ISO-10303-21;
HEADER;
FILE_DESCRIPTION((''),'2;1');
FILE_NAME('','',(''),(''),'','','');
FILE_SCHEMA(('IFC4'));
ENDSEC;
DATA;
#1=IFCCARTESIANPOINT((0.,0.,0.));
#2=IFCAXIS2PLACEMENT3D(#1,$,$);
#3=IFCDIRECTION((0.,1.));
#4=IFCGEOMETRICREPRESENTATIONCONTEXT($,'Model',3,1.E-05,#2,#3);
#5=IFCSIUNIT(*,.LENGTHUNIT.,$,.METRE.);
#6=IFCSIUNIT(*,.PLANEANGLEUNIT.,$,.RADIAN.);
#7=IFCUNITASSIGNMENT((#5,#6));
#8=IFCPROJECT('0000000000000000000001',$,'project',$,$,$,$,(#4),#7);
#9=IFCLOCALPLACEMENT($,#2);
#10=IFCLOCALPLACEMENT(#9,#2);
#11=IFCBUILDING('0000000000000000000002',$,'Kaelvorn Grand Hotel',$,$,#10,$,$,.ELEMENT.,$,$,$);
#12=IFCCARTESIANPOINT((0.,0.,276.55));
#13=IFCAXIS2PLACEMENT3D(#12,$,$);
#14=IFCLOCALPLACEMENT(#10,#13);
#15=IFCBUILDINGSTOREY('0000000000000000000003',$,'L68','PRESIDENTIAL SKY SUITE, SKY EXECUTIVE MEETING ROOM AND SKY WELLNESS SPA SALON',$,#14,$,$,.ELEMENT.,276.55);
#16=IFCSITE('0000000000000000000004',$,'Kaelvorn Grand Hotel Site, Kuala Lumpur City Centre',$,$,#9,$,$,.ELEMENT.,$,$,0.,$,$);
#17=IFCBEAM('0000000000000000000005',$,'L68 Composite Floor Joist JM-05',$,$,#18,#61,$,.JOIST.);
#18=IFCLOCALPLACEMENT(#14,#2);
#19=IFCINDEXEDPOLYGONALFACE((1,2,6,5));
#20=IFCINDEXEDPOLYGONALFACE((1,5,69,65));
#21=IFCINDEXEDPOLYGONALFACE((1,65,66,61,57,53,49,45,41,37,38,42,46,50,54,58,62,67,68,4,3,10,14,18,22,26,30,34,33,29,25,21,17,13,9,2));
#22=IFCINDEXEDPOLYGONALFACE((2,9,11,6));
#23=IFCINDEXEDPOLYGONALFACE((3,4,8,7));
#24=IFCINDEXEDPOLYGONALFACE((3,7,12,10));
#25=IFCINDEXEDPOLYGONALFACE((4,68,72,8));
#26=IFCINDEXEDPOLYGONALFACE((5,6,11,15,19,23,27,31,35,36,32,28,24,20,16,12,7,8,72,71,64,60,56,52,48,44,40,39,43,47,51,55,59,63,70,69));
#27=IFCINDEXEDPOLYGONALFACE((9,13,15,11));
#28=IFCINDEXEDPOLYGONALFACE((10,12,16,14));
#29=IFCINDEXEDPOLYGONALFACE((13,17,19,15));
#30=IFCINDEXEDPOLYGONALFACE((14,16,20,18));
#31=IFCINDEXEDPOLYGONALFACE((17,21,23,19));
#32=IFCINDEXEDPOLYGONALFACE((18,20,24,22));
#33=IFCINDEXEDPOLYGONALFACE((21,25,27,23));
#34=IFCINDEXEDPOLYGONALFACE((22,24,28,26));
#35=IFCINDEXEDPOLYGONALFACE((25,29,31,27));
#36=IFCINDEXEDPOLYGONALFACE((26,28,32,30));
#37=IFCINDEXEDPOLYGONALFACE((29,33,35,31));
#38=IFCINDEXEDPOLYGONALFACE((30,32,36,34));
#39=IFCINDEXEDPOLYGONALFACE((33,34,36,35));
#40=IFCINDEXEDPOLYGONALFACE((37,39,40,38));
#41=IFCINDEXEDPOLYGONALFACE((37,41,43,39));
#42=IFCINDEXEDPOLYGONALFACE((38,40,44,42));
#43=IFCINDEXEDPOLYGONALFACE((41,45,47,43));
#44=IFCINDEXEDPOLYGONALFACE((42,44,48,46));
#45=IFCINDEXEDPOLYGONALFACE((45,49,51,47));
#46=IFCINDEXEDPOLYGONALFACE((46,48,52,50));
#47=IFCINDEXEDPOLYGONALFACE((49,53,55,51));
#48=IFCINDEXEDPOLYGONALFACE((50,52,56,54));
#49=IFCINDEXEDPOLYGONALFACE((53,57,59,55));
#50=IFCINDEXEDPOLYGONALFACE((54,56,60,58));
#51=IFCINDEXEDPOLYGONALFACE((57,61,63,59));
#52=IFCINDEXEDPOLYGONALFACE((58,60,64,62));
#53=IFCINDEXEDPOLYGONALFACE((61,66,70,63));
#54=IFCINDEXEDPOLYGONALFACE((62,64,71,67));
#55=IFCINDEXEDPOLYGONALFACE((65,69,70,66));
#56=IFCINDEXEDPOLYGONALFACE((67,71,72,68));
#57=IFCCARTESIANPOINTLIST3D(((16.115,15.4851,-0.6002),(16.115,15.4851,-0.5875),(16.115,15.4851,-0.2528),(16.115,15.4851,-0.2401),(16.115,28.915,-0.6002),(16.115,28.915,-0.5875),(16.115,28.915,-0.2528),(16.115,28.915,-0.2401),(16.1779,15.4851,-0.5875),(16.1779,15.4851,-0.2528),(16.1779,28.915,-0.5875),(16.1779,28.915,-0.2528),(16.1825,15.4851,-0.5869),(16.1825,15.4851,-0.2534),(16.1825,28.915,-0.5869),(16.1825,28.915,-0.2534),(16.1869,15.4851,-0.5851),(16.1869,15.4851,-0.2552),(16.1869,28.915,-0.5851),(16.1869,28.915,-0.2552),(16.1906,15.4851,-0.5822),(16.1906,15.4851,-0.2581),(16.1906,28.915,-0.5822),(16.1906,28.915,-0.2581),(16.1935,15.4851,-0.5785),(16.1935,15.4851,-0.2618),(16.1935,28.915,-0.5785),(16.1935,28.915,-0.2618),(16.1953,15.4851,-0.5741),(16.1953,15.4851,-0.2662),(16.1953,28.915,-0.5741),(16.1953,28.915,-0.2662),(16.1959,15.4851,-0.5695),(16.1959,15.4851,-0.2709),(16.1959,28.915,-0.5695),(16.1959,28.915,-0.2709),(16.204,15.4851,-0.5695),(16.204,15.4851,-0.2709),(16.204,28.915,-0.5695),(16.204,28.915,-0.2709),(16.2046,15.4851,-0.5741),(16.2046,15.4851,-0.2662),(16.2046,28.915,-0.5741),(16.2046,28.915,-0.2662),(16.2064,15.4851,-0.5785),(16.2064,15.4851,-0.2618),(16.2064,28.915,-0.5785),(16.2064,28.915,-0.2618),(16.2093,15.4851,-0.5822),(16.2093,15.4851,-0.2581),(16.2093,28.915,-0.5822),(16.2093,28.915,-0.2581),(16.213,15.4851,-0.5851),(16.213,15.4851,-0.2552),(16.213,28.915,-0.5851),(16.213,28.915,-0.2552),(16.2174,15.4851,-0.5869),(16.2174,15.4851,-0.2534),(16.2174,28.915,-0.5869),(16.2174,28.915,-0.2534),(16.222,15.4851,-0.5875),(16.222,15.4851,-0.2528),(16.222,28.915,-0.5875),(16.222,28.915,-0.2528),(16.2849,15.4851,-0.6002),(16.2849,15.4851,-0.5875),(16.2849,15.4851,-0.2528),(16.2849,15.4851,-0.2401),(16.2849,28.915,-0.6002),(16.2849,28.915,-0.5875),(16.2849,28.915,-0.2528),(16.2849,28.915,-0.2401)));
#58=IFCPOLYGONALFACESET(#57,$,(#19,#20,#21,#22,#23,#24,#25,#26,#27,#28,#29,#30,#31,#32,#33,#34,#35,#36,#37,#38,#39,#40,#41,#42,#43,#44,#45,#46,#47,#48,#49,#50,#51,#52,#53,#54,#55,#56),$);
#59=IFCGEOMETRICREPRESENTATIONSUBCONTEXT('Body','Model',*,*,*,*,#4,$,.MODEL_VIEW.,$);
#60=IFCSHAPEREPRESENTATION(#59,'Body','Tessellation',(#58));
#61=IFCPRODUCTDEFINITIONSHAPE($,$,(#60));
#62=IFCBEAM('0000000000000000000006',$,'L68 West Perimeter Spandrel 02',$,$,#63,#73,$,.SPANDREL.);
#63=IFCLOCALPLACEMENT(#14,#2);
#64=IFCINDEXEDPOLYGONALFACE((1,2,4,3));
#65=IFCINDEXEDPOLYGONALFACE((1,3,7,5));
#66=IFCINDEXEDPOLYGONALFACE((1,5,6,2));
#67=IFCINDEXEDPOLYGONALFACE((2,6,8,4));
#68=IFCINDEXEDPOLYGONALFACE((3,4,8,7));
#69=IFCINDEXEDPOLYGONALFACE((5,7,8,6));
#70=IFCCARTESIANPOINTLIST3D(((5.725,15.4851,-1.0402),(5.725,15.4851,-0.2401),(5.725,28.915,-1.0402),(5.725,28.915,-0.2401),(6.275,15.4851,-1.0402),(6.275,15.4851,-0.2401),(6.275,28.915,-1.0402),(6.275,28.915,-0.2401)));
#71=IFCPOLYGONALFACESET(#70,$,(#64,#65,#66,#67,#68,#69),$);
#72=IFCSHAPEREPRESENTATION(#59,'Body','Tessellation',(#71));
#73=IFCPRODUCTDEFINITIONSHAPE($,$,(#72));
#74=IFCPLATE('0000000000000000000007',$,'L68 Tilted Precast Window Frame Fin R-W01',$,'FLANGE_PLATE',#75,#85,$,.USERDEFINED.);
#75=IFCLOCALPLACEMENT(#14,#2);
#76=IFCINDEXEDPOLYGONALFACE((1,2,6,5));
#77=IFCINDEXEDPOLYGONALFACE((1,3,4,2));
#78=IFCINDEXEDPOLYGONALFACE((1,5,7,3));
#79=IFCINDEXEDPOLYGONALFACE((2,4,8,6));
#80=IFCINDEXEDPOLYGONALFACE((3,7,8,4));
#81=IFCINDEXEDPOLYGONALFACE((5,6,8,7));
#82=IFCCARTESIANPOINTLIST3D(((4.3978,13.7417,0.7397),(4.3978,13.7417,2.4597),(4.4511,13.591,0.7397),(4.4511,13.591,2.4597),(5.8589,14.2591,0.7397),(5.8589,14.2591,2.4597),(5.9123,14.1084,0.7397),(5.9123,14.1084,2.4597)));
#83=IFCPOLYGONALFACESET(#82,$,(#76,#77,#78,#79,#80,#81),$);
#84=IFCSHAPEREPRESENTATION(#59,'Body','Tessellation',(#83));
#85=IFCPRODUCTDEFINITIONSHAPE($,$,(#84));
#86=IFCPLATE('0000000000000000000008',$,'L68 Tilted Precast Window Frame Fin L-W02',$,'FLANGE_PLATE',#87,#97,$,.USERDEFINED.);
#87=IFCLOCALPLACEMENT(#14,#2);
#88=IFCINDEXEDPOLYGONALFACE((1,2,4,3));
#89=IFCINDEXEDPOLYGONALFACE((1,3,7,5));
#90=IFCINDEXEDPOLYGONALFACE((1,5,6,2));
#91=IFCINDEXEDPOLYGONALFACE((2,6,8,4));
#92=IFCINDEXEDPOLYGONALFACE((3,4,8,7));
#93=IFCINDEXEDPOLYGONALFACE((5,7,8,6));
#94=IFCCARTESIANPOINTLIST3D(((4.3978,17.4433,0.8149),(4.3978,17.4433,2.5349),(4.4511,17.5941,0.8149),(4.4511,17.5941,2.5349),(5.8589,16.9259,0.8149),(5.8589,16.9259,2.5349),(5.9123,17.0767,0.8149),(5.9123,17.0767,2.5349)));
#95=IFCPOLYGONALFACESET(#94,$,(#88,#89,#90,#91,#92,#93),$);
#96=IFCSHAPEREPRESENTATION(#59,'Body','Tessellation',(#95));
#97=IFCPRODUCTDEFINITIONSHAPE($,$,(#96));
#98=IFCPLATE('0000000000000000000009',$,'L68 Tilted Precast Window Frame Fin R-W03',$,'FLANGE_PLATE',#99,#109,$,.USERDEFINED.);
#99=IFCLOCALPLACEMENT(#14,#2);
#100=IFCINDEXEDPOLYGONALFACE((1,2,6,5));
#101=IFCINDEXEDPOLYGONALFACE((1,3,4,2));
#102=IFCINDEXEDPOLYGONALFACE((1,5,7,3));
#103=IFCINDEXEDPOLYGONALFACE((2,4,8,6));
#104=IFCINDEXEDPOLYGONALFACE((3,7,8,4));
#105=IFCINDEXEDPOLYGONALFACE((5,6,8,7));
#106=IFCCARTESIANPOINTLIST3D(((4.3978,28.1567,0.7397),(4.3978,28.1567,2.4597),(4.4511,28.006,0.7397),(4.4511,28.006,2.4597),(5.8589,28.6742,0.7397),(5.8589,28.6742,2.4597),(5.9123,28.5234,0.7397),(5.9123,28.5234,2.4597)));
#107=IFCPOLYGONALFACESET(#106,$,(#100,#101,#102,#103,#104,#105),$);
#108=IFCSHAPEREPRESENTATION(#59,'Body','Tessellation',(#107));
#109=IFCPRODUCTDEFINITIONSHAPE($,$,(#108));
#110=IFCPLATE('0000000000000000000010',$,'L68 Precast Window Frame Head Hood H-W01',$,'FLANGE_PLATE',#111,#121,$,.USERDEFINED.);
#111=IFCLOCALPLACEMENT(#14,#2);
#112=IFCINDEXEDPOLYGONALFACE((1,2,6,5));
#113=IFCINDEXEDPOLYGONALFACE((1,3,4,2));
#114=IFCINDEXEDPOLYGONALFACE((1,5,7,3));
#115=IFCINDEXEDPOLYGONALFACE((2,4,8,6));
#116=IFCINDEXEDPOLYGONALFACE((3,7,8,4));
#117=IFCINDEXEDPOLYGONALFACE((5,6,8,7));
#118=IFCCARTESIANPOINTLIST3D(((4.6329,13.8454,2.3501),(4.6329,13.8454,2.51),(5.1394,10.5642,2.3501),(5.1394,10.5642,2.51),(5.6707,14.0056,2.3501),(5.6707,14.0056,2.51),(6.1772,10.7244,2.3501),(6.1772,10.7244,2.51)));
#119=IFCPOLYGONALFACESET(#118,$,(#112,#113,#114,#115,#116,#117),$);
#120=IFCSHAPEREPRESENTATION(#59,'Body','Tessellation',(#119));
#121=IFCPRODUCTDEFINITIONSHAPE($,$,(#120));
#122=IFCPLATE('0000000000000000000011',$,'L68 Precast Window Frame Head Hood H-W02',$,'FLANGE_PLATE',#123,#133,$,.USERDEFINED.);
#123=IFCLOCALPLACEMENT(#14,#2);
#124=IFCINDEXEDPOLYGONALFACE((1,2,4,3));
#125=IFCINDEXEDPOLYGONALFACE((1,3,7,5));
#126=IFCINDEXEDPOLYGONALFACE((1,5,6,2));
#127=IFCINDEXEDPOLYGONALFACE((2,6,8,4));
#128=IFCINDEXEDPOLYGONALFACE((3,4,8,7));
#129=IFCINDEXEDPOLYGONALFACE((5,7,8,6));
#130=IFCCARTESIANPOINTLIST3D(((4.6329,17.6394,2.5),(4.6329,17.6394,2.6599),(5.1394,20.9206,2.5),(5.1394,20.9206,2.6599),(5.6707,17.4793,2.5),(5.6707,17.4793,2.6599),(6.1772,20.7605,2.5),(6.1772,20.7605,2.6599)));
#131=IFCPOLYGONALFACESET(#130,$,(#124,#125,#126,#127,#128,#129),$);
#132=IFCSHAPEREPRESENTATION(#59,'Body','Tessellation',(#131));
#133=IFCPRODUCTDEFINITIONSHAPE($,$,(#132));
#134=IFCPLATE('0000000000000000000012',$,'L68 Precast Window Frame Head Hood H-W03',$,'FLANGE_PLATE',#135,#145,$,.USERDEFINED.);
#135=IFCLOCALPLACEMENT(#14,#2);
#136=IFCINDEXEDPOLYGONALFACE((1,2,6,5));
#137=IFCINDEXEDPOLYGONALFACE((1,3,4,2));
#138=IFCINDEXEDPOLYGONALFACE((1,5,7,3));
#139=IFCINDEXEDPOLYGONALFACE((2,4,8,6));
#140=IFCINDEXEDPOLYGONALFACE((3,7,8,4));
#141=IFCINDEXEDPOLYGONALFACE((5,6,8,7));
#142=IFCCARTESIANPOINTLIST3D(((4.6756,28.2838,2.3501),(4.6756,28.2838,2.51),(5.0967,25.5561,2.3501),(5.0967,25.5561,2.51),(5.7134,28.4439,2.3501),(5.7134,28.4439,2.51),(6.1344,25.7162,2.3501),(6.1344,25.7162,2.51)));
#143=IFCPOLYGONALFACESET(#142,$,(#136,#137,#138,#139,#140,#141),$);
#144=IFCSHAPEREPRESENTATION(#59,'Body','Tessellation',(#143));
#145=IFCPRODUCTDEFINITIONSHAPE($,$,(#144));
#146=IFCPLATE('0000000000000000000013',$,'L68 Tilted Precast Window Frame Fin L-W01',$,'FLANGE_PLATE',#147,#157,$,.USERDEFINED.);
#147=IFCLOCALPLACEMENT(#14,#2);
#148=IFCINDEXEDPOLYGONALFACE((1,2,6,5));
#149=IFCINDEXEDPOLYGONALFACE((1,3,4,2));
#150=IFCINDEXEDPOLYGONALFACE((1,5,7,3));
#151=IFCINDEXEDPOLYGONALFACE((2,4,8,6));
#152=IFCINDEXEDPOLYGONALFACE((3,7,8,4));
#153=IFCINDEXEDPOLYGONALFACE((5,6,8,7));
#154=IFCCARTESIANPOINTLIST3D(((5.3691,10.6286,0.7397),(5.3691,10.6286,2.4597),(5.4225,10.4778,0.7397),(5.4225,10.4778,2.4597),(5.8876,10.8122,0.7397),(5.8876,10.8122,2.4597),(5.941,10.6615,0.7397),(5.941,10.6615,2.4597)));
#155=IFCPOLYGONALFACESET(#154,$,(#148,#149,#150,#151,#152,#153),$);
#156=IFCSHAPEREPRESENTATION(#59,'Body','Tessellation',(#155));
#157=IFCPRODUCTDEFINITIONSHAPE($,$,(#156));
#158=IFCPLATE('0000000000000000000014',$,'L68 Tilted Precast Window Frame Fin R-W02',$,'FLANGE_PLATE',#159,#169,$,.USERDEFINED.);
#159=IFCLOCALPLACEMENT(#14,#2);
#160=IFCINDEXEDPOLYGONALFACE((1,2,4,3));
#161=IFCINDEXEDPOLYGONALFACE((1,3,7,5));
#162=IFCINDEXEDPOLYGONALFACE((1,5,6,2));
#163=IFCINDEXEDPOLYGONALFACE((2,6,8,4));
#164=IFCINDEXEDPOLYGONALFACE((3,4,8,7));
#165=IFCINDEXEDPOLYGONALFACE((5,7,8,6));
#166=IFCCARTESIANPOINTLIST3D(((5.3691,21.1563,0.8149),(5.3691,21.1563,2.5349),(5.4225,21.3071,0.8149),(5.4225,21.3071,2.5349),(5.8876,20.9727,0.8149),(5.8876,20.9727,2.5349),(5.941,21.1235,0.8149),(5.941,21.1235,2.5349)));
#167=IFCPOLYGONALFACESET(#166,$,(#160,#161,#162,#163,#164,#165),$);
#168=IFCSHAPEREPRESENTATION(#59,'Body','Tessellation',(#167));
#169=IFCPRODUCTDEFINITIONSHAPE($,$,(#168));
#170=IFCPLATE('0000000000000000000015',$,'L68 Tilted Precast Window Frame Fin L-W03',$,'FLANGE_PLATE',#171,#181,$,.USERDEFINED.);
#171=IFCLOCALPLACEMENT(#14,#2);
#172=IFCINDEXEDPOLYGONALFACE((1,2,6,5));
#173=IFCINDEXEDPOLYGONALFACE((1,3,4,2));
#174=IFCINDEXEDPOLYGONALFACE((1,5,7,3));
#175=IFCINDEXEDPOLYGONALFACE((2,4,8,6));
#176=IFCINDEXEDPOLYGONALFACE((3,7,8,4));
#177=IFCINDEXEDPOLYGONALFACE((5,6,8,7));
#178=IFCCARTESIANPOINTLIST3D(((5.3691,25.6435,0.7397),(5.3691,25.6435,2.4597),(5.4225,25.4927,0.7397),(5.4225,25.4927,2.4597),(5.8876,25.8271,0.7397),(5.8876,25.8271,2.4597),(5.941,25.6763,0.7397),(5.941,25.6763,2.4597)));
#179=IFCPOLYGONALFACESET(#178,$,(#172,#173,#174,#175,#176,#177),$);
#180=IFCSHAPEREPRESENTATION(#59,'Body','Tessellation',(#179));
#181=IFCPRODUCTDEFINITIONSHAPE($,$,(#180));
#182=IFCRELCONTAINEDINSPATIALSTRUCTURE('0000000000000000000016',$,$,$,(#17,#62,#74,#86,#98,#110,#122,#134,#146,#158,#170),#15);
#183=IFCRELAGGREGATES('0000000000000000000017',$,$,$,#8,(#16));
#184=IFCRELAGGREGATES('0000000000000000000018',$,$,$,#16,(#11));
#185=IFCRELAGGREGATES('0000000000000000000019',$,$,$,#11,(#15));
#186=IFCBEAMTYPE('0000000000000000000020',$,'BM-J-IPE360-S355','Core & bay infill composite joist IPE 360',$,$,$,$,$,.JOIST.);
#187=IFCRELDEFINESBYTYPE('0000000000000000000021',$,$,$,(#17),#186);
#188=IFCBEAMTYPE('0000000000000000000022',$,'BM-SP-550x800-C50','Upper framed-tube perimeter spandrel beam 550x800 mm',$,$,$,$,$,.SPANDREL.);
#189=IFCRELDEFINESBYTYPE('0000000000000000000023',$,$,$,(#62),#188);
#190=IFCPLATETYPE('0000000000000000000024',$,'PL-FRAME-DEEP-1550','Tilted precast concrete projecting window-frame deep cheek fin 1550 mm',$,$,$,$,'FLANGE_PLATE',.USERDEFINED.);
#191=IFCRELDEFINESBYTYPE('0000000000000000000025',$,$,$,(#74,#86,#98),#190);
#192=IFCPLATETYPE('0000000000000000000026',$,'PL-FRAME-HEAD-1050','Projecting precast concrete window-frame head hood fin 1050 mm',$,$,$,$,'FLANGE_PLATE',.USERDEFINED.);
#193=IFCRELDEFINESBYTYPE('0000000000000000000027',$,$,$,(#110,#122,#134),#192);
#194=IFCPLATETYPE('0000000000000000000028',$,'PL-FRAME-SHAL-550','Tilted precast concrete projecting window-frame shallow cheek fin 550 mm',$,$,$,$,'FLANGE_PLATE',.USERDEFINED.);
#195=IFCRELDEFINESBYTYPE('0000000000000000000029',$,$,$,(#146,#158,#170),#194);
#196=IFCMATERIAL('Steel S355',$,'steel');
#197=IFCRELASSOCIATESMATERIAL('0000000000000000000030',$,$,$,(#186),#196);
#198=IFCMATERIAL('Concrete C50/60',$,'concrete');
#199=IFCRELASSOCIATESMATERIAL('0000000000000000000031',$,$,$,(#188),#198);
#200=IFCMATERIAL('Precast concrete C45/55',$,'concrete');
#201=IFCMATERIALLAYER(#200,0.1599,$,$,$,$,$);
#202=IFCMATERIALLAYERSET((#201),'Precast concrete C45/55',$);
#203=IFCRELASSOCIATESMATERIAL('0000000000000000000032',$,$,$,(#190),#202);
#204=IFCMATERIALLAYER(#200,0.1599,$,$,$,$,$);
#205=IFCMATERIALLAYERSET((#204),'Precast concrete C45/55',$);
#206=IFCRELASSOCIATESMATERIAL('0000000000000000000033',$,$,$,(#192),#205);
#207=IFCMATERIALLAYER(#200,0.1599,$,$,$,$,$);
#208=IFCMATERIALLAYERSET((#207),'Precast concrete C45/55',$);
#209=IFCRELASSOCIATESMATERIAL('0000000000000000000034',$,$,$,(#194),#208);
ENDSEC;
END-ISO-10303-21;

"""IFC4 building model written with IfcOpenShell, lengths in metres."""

from ifc_helpers import new_model, si_unit, direction, frame, origin, origin_2d, place, context, subcontext, project, spatial, rectangle, i_section, extrude, material, layer, layer_set, material_profile, profile_set, type_object, element, save


model = new_model("IFC4")

# Units and contexts
model_context = context("Model", 3, precision=1e-05, world=origin(), true_north=direction((0.0, 1.0)))
body_context = subcontext(model_context, "Body", "Model", "MODEL_VIEW")
ifc_project = project(units=[si_unit("LENGTHUNIT", "METRE"), si_unit("PLANEANGLEUNIT", "RADIAN")], contexts=[model_context])

# Site, building, storey
site_placement = place(None, origin())
site = spatial("IfcSite", under=ifc_project, at=site_placement, Name="Kaelvorn Grand Hotel Site, Kuala Lumpur City Centre", CompositionType="ELEMENT", RefElevation=0.0)
building_placement = place(site_placement, origin())
building = spatial("IfcBuilding", under=site, at=building_placement, Name="Kaelvorn Grand Hotel", CompositionType="ELEMENT")
storey_placement = place(building_placement, frame((0.0, 0.0, 276.55)))
storey = spatial("IfcBuildingStorey", under=building, at=storey_placement, Name="L68", Description="PRESIDENTIAL SKY SUITE, SKY EXECUTIVE MEETING ROOM AND SKY WELLNESS SPA SALON", CompositionType="ELEMENT", Elevation=276.55)

# Shared definitions
ifc_material_1 = material(Name="Concrete C50/60", Category="concrete")

# Beams
ifc_material_2 = material(Name="Steel S355", Category="steel")
ifc_material_profile_1 = material_profile(ifc_material_2, i_section(OverallWidth=0.1699, OverallDepth=0.3601, WebThickness=0.0081, FlangeThickness=0.0127, FilletRadius=0.0181, at=origin_2d()), Name="IPE 360")
ifc_profile_set_1 = profile_set([ifc_material_profile_1], Name="Steel S355")
beam_type_1 = type_object("IfcBeamType", Name="BM-J-IPE360-S355", Description="Core & bay infill composite joist IPE 360", PredefinedType="JOIST", material=ifc_profile_set_1)
beam_1_placement = place(storey_placement, frame((16.2, 15.4851, -0.4202), z_axis=(0.0, 1.0, 0.0), x_axis=(-1.0, 0.0, 0.0)))
element("IfcBeam", 1, at=beam_1_placement, inside=storey, type_object=beam_type_1, Name="L68 Composite Floor Joist JM-05", PredefinedType="JOIST", context=body_context, shape_type="SweptSolid", body=[
    extrude(i_section(OverallWidth=0.1699, OverallDepth=0.3601, WebThickness=0.0081, FlangeThickness=0.0127, FilletRadius=0.0181, at=origin_2d()), origin(), (0.0, 0.0, 1.0), 13.4299),
])
ifc_material_profile_2 = material_profile(ifc_material_1, rectangle(XDim=0.55, YDim=0.8, at=origin_2d()), Name="RC SPANDREL 550x800")
ifc_profile_set_2 = profile_set([ifc_material_profile_2], Name="Concrete C50/60")
beam_type_2 = type_object("IfcBeamType", Name="BM-SP-550x800-C50", Description="Upper framed-tube perimeter spandrel beam 550x800 mm", PredefinedType="SPANDREL", material=ifc_profile_set_2)
beam_2_placement = place(storey_placement, frame((6.0, 15.4851, -0.6401), z_axis=(0.0, 1.0, 0.0), x_axis=(-1.0, 0.0, 0.0)))
element("IfcBeam", 2, at=beam_2_placement, inside=storey, type_object=beam_type_2, Name="L68 West Perimeter Spandrel 02", PredefinedType="SPANDREL", context=body_context, shape_type="SweptSolid", body=[
    extrude(rectangle(XDim=0.55, YDim=0.8, at=origin_2d()), origin(), (0.0, 0.0, 1.0), 13.4299),
])

# Plates
ifc_material_3 = material(Name="Precast concrete C45/55", Category="concrete")
ifc_layer_1 = layer(ifc_material_3, 0.1599)
ifc_layer_set_1 = layer_set([ifc_layer_1], Name="Precast concrete C45/55")
plate_type_1 = type_object("IfcPlateType", Name="PL-FRAME-DEEP-1550", Description="Tilted precast concrete projecting window-frame deep cheek fin 1550 mm", ElementType="FLANGE_PLATE", PredefinedType="USERDEFINED", material=ifc_layer_set_1)
for number, where, z_axis, x_axis, name in (
    (3, (5.155, 13.925, 0.7397), (0.0, 0.0, 1.0), (-0.333807, 0.942641, 0.0), "L68 Tilted Precast Window Frame Fin R-W01"),
    (4, (5.155, 17.26, 0.8149), (0.0, 0.0, 1.0), (0.333807, 0.942641, 0.0), "L68 Tilted Precast Window Frame Fin L-W02"),
    (5, (5.155, 28.3401, 0.7397), (0.0, 0.0, 1.0), (-0.333807, 0.942641, 0.0), "L68 Tilted Precast Window Frame Fin R-W03"),
):
    element("IfcPlate", number, at=place(storey_placement, frame(where, z_axis=z_axis, x_axis=x_axis)), inside=storey, type_object=plate_type_1, Name=name, ObjectType="FLANGE_PLATE", PredefinedType="USERDEFINED", context=body_context, shape_type="SweptSolid", body=[
        extrude(rectangle(XDim=0.1599, YDim=1.55, at=origin_2d()), origin(), (0.0, 0.0, 1.0), 1.72),
    ])
ifc_layer_2 = layer(ifc_material_3, 0.1599)
ifc_layer_set_2 = layer_set([ifc_layer_2], Name="Precast concrete C45/55")
plate_type_2 = type_object("IfcPlateType", Name="PL-FRAME-HEAD-1050", Description="Projecting precast concrete window-frame head hood fin 1050 mm", ElementType="FLANGE_PLATE", PredefinedType="USERDEFINED", material=ifc_layer_set_2)
for number, where, z_axis, x_axis, name in (
    (6, (5.405, 12.2849, 2.3501), (0.0, 0.0, 1.0), (-0.152555, 0.988295, 0.0), "L68 Precast Window Frame Head Hood H-W01"),
    (7, (5.405, 19.2, 2.5), (0.0, 0.0, 1.0), (0.152555, 0.988295, 0.0), "L68 Precast Window Frame Head Hood H-W02"),
):
    element("IfcPlate", number, at=place(storey_placement, frame(where, z_axis=z_axis, x_axis=x_axis)), inside=storey, type_object=plate_type_2, Name=name, ObjectType="FLANGE_PLATE", PredefinedType="USERDEFINED", context=body_context, shape_type="SweptSolid", body=[
        extrude(rectangle(XDim=3.3201, YDim=1.05, at=origin_2d()), origin(), (0.0, 0.0, 1.0), 0.1599),
    ])
plate_placement = place(storey_placement, frame((5.405, 27.0, 2.3501), z_axis=(0.0, 0.0, 1.0), x_axis=(-0.152555, 0.988295, 0.0)))
element("IfcPlate", 8, at=plate_placement, inside=storey, type_object=plate_type_2, Name="L68 Precast Window Frame Head Hood H-W03", ObjectType="FLANGE_PLATE", PredefinedType="USERDEFINED", context=body_context, shape_type="SweptSolid", body=[
    extrude(rectangle(XDim=2.76, YDim=1.05, at=origin_2d()), origin(), (0.0, 0.0, 1.0), 0.1599),
])
ifc_layer_3 = layer(ifc_material_3, 0.1599)
ifc_layer_set_3 = layer_set([ifc_layer_3], Name="Precast concrete C45/55")
plate_type_3 = type_object("IfcPlateType", Name="PL-FRAME-SHAL-550", Description="Tilted precast concrete projecting window-frame shallow cheek fin 550 mm", ElementType="FLANGE_PLATE", PredefinedType="USERDEFINED", material=ifc_layer_set_3)
for number, where, z_axis, x_axis, name in (
    (9, (5.655, 10.645, 0.7397), (0.0, 0.0, 1.0), (-0.333807, 0.942641, 0.0), "L68 Tilted Precast Window Frame Fin L-W01"),
    (10, (5.655, 21.1399, 0.8149), (0.0, 0.0, 1.0), (0.333807, 0.942641, 0.0), "L68 Tilted Precast Window Frame Fin R-W02"),
    (11, (5.655, 25.6599, 0.7397), (0.0, 0.0, 1.0), (-0.333807, 0.942641, 0.0), "L68 Tilted Precast Window Frame Fin L-W03"),
):
    element("IfcPlate", number, at=place(storey_placement, frame(where, z_axis=z_axis, x_axis=x_axis)), inside=storey, type_object=plate_type_3, Name=name, ObjectType="FLANGE_PLATE", PredefinedType="USERDEFINED", context=body_context, shape_type="SweptSolid", body=[
        extrude(rectangle(XDim=0.1599, YDim=0.55, at=origin_2d()), origin(), (0.0, 0.0, 1.0), 1.72),
    ])

save(model, "model.ifc")
